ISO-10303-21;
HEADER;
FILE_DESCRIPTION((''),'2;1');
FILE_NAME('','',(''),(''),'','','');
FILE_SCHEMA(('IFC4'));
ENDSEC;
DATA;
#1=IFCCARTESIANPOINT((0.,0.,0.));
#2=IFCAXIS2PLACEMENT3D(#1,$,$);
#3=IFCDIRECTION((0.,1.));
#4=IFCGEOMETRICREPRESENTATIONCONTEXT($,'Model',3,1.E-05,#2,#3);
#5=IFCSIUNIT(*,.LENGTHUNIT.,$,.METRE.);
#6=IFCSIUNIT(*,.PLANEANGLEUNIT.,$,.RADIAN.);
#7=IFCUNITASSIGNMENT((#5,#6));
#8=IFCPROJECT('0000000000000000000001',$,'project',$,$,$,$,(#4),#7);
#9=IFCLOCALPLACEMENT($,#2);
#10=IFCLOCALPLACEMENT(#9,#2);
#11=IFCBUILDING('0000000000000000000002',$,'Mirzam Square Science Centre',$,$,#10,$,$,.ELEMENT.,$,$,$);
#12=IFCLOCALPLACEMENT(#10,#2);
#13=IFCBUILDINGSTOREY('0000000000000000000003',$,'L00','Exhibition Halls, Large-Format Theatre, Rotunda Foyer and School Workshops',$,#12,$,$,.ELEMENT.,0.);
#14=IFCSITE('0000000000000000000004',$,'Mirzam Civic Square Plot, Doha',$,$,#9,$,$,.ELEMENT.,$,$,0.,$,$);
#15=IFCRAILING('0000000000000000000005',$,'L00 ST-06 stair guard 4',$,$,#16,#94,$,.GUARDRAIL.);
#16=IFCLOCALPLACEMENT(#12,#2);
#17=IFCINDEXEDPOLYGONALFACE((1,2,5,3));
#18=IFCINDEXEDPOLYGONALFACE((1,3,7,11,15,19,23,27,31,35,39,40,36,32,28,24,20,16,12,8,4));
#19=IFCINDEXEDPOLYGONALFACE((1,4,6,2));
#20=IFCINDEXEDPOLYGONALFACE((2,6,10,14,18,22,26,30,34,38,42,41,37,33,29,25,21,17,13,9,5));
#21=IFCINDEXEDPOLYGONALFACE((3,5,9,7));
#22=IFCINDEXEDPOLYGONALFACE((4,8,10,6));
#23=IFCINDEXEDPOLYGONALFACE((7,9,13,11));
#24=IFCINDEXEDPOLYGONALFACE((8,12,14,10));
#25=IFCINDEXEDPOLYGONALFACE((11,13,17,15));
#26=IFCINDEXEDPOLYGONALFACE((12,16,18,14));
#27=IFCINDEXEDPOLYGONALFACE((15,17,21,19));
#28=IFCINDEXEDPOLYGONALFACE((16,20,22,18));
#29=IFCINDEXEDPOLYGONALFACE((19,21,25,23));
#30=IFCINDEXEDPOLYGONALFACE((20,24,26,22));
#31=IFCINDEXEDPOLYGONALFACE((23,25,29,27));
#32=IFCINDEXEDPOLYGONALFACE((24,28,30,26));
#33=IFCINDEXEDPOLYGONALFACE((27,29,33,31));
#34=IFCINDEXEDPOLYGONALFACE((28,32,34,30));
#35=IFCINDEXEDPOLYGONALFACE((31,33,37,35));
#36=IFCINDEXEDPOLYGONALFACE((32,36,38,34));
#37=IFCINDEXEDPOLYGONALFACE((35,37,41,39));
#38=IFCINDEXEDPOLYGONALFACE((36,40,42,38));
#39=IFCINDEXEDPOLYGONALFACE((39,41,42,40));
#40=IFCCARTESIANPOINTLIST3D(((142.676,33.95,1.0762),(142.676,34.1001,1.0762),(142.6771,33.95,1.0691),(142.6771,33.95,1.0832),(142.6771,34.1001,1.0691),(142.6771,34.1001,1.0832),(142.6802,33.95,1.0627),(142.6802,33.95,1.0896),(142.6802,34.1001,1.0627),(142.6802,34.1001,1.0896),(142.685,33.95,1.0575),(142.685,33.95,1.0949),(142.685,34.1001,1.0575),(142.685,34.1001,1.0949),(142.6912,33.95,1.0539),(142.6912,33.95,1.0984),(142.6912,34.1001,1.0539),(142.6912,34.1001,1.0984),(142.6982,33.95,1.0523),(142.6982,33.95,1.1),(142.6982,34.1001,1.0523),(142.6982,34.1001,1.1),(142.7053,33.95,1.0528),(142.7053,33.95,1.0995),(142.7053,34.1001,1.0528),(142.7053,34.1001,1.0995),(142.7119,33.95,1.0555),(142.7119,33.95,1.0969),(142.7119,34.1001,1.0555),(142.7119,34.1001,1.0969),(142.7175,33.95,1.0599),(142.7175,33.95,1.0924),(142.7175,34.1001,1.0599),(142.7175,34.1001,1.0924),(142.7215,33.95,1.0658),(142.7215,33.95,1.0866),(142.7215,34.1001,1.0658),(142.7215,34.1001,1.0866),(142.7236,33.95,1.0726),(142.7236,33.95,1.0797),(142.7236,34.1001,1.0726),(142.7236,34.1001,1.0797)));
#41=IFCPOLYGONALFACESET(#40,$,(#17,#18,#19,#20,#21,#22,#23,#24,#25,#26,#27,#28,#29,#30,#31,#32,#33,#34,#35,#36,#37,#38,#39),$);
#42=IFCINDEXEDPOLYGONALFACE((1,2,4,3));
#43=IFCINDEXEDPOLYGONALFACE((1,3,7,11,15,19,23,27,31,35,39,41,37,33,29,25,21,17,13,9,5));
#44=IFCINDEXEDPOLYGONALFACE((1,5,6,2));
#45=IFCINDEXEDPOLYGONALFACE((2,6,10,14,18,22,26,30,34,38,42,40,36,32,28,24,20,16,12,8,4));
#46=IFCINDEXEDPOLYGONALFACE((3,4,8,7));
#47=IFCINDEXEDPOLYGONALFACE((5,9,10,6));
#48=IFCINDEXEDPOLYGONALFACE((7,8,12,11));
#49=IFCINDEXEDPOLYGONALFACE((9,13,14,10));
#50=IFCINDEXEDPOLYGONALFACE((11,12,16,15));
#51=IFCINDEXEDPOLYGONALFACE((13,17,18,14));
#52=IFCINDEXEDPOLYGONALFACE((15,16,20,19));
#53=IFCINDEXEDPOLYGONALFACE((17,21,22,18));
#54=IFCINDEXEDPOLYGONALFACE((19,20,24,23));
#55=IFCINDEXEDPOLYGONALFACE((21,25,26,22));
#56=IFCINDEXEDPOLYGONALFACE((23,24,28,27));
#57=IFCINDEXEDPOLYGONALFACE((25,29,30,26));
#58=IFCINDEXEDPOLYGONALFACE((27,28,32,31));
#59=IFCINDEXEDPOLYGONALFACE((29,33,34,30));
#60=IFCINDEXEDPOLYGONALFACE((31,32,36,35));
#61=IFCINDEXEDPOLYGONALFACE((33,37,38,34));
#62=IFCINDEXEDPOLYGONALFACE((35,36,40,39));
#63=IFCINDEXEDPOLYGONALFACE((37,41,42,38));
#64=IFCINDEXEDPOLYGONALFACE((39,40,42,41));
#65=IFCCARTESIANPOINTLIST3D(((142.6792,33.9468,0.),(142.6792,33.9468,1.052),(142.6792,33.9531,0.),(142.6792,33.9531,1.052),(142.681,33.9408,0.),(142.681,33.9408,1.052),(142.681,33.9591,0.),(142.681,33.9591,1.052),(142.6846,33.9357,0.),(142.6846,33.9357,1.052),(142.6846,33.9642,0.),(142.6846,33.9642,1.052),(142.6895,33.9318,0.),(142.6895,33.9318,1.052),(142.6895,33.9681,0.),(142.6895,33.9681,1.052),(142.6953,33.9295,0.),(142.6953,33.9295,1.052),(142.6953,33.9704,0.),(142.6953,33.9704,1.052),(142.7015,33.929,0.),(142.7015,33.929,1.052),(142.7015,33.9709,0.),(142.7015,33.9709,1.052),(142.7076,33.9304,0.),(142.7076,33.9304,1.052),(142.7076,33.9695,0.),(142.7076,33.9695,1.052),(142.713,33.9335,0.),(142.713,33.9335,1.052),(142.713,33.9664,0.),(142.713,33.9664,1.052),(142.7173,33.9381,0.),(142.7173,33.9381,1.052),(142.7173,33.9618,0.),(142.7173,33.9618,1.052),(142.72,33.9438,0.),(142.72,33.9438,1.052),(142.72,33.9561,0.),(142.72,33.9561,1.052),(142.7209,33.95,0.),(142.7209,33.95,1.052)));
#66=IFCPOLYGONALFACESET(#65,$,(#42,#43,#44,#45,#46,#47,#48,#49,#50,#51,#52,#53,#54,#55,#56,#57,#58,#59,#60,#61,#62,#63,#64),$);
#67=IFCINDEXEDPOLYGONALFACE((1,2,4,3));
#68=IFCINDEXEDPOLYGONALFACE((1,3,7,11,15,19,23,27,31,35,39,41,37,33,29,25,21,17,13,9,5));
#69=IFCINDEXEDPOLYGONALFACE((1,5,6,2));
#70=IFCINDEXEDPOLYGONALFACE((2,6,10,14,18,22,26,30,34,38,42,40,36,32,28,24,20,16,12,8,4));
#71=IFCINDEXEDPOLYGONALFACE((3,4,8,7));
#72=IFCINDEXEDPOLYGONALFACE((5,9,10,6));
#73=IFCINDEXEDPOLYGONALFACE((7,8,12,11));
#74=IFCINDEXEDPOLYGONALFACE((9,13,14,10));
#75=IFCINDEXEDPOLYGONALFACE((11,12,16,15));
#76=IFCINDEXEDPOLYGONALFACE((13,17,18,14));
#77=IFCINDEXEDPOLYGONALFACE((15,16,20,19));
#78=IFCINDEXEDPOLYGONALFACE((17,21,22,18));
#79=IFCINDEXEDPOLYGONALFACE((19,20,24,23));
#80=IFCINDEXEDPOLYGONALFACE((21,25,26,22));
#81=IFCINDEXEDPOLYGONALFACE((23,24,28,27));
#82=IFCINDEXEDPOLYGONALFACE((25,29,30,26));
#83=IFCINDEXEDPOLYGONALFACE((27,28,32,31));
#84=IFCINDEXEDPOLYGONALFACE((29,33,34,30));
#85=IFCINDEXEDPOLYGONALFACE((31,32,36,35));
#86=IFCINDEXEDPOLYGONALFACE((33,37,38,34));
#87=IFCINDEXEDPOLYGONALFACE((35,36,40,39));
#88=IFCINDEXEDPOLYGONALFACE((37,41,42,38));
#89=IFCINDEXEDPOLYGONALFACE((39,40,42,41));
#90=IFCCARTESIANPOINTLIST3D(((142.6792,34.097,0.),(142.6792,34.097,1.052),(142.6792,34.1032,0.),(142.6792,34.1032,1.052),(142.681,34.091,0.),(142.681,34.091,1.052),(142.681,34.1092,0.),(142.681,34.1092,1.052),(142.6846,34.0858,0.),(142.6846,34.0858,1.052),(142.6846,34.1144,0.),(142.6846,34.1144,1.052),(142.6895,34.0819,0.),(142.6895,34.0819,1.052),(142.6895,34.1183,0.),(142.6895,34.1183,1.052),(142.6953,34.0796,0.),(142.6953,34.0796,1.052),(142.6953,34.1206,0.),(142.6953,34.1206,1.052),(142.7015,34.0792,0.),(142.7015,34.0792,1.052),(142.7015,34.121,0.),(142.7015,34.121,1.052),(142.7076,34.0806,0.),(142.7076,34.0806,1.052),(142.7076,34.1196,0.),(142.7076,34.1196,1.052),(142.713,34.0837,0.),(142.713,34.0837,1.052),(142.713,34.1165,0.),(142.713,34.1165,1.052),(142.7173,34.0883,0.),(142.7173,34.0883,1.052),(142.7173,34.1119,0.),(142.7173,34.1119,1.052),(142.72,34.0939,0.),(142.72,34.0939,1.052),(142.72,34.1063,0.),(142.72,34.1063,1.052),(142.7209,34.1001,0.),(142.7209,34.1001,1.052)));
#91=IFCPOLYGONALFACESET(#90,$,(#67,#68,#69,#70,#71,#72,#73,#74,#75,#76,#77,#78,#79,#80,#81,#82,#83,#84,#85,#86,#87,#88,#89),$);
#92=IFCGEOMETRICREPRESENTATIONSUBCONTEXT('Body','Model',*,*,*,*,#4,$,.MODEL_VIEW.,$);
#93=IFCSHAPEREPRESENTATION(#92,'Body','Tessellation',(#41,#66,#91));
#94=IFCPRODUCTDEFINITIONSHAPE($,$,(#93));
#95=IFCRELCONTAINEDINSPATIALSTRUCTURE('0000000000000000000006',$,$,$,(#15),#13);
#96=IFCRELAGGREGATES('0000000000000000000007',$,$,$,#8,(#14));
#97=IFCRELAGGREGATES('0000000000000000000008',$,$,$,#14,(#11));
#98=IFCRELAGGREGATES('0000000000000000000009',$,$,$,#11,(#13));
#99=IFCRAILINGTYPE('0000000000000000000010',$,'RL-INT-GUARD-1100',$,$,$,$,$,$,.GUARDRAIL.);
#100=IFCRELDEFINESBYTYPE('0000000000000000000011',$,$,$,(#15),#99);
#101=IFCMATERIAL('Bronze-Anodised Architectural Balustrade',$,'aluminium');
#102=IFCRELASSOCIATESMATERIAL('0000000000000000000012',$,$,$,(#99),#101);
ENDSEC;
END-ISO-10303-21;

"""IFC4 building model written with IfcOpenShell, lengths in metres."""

from ifc_helpers import new_model, si_unit, direction, frame, origin, origin_2d, place, context, subcontext, project, spatial, circle, extrude, material, type_object, element, save


model = new_model("IFC4")

# Units and contexts
model_context = context("Model", 3, precision=1e-05, world=origin(), true_north=direction((0.0, 1.0)))
body_context = subcontext(model_context, "Body", "Model", "MODEL_VIEW")
ifc_project = project(units=[si_unit("LENGTHUNIT", "METRE"), si_unit("PLANEANGLEUNIT", "RADIAN")], contexts=[model_context])

# Site, building, storey
site_placement = place(None, origin())
site = spatial("IfcSite", under=ifc_project, at=site_placement, Name="Mirzam Civic Square Plot, Doha", CompositionType="ELEMENT", RefElevation=0.0)
building_placement = place(site_placement, origin())
building = spatial("IfcBuilding", under=site, at=building_placement, Name="Mirzam Square Science Centre", CompositionType="ELEMENT")
storey_placement = place(building_placement, origin())
storey = spatial("IfcBuildingStorey", under=building, at=storey_placement, Name="L00", Description="Exhibition Halls, Large-Format Theatre, Rotunda Foyer and School Workshops", CompositionType="ELEMENT", Elevation=0.0)

# Railing
ifc_material_1 = material(Name="Bronze-Anodised Architectural Balustrade", Category="aluminium")
railing_type_1 = type_object("IfcRailingType", Name="RL-INT-GUARD-1100", PredefinedType="GUARDRAIL", material=ifc_material_1)
railing_1_placement = place(storey_placement, frame((142.7, 33.95, 0.0)))
element("IfcRailing", 1, at=railing_1_placement, inside=storey, type_object=railing_type_1, Name="L00 ST-06 stair guard 4", PredefinedType="GUARDRAIL", context=body_context, shape_type="SweptSolid", body=[
    extrude(circle(Radius=0.0239, at=origin_2d()), frame((0.0, 0.0, 1.0762), z_axis=(0.0, 1.0, 0.0), x_axis=(-1.0, 0.0, 0.0)), (0.0, 0.0, 1.0), 0.1501),
    extrude(circle(Radius=0.021, at=origin_2d()), origin(), (0.0, 0.0, 1.0), 1.052),
    extrude(circle(Radius=0.021, at=origin_2d()), frame((0.0, 0.1501, 0.0)), (0.0, 0.0, 1.0), 1.052),
])

save(model, "model.ifc")
